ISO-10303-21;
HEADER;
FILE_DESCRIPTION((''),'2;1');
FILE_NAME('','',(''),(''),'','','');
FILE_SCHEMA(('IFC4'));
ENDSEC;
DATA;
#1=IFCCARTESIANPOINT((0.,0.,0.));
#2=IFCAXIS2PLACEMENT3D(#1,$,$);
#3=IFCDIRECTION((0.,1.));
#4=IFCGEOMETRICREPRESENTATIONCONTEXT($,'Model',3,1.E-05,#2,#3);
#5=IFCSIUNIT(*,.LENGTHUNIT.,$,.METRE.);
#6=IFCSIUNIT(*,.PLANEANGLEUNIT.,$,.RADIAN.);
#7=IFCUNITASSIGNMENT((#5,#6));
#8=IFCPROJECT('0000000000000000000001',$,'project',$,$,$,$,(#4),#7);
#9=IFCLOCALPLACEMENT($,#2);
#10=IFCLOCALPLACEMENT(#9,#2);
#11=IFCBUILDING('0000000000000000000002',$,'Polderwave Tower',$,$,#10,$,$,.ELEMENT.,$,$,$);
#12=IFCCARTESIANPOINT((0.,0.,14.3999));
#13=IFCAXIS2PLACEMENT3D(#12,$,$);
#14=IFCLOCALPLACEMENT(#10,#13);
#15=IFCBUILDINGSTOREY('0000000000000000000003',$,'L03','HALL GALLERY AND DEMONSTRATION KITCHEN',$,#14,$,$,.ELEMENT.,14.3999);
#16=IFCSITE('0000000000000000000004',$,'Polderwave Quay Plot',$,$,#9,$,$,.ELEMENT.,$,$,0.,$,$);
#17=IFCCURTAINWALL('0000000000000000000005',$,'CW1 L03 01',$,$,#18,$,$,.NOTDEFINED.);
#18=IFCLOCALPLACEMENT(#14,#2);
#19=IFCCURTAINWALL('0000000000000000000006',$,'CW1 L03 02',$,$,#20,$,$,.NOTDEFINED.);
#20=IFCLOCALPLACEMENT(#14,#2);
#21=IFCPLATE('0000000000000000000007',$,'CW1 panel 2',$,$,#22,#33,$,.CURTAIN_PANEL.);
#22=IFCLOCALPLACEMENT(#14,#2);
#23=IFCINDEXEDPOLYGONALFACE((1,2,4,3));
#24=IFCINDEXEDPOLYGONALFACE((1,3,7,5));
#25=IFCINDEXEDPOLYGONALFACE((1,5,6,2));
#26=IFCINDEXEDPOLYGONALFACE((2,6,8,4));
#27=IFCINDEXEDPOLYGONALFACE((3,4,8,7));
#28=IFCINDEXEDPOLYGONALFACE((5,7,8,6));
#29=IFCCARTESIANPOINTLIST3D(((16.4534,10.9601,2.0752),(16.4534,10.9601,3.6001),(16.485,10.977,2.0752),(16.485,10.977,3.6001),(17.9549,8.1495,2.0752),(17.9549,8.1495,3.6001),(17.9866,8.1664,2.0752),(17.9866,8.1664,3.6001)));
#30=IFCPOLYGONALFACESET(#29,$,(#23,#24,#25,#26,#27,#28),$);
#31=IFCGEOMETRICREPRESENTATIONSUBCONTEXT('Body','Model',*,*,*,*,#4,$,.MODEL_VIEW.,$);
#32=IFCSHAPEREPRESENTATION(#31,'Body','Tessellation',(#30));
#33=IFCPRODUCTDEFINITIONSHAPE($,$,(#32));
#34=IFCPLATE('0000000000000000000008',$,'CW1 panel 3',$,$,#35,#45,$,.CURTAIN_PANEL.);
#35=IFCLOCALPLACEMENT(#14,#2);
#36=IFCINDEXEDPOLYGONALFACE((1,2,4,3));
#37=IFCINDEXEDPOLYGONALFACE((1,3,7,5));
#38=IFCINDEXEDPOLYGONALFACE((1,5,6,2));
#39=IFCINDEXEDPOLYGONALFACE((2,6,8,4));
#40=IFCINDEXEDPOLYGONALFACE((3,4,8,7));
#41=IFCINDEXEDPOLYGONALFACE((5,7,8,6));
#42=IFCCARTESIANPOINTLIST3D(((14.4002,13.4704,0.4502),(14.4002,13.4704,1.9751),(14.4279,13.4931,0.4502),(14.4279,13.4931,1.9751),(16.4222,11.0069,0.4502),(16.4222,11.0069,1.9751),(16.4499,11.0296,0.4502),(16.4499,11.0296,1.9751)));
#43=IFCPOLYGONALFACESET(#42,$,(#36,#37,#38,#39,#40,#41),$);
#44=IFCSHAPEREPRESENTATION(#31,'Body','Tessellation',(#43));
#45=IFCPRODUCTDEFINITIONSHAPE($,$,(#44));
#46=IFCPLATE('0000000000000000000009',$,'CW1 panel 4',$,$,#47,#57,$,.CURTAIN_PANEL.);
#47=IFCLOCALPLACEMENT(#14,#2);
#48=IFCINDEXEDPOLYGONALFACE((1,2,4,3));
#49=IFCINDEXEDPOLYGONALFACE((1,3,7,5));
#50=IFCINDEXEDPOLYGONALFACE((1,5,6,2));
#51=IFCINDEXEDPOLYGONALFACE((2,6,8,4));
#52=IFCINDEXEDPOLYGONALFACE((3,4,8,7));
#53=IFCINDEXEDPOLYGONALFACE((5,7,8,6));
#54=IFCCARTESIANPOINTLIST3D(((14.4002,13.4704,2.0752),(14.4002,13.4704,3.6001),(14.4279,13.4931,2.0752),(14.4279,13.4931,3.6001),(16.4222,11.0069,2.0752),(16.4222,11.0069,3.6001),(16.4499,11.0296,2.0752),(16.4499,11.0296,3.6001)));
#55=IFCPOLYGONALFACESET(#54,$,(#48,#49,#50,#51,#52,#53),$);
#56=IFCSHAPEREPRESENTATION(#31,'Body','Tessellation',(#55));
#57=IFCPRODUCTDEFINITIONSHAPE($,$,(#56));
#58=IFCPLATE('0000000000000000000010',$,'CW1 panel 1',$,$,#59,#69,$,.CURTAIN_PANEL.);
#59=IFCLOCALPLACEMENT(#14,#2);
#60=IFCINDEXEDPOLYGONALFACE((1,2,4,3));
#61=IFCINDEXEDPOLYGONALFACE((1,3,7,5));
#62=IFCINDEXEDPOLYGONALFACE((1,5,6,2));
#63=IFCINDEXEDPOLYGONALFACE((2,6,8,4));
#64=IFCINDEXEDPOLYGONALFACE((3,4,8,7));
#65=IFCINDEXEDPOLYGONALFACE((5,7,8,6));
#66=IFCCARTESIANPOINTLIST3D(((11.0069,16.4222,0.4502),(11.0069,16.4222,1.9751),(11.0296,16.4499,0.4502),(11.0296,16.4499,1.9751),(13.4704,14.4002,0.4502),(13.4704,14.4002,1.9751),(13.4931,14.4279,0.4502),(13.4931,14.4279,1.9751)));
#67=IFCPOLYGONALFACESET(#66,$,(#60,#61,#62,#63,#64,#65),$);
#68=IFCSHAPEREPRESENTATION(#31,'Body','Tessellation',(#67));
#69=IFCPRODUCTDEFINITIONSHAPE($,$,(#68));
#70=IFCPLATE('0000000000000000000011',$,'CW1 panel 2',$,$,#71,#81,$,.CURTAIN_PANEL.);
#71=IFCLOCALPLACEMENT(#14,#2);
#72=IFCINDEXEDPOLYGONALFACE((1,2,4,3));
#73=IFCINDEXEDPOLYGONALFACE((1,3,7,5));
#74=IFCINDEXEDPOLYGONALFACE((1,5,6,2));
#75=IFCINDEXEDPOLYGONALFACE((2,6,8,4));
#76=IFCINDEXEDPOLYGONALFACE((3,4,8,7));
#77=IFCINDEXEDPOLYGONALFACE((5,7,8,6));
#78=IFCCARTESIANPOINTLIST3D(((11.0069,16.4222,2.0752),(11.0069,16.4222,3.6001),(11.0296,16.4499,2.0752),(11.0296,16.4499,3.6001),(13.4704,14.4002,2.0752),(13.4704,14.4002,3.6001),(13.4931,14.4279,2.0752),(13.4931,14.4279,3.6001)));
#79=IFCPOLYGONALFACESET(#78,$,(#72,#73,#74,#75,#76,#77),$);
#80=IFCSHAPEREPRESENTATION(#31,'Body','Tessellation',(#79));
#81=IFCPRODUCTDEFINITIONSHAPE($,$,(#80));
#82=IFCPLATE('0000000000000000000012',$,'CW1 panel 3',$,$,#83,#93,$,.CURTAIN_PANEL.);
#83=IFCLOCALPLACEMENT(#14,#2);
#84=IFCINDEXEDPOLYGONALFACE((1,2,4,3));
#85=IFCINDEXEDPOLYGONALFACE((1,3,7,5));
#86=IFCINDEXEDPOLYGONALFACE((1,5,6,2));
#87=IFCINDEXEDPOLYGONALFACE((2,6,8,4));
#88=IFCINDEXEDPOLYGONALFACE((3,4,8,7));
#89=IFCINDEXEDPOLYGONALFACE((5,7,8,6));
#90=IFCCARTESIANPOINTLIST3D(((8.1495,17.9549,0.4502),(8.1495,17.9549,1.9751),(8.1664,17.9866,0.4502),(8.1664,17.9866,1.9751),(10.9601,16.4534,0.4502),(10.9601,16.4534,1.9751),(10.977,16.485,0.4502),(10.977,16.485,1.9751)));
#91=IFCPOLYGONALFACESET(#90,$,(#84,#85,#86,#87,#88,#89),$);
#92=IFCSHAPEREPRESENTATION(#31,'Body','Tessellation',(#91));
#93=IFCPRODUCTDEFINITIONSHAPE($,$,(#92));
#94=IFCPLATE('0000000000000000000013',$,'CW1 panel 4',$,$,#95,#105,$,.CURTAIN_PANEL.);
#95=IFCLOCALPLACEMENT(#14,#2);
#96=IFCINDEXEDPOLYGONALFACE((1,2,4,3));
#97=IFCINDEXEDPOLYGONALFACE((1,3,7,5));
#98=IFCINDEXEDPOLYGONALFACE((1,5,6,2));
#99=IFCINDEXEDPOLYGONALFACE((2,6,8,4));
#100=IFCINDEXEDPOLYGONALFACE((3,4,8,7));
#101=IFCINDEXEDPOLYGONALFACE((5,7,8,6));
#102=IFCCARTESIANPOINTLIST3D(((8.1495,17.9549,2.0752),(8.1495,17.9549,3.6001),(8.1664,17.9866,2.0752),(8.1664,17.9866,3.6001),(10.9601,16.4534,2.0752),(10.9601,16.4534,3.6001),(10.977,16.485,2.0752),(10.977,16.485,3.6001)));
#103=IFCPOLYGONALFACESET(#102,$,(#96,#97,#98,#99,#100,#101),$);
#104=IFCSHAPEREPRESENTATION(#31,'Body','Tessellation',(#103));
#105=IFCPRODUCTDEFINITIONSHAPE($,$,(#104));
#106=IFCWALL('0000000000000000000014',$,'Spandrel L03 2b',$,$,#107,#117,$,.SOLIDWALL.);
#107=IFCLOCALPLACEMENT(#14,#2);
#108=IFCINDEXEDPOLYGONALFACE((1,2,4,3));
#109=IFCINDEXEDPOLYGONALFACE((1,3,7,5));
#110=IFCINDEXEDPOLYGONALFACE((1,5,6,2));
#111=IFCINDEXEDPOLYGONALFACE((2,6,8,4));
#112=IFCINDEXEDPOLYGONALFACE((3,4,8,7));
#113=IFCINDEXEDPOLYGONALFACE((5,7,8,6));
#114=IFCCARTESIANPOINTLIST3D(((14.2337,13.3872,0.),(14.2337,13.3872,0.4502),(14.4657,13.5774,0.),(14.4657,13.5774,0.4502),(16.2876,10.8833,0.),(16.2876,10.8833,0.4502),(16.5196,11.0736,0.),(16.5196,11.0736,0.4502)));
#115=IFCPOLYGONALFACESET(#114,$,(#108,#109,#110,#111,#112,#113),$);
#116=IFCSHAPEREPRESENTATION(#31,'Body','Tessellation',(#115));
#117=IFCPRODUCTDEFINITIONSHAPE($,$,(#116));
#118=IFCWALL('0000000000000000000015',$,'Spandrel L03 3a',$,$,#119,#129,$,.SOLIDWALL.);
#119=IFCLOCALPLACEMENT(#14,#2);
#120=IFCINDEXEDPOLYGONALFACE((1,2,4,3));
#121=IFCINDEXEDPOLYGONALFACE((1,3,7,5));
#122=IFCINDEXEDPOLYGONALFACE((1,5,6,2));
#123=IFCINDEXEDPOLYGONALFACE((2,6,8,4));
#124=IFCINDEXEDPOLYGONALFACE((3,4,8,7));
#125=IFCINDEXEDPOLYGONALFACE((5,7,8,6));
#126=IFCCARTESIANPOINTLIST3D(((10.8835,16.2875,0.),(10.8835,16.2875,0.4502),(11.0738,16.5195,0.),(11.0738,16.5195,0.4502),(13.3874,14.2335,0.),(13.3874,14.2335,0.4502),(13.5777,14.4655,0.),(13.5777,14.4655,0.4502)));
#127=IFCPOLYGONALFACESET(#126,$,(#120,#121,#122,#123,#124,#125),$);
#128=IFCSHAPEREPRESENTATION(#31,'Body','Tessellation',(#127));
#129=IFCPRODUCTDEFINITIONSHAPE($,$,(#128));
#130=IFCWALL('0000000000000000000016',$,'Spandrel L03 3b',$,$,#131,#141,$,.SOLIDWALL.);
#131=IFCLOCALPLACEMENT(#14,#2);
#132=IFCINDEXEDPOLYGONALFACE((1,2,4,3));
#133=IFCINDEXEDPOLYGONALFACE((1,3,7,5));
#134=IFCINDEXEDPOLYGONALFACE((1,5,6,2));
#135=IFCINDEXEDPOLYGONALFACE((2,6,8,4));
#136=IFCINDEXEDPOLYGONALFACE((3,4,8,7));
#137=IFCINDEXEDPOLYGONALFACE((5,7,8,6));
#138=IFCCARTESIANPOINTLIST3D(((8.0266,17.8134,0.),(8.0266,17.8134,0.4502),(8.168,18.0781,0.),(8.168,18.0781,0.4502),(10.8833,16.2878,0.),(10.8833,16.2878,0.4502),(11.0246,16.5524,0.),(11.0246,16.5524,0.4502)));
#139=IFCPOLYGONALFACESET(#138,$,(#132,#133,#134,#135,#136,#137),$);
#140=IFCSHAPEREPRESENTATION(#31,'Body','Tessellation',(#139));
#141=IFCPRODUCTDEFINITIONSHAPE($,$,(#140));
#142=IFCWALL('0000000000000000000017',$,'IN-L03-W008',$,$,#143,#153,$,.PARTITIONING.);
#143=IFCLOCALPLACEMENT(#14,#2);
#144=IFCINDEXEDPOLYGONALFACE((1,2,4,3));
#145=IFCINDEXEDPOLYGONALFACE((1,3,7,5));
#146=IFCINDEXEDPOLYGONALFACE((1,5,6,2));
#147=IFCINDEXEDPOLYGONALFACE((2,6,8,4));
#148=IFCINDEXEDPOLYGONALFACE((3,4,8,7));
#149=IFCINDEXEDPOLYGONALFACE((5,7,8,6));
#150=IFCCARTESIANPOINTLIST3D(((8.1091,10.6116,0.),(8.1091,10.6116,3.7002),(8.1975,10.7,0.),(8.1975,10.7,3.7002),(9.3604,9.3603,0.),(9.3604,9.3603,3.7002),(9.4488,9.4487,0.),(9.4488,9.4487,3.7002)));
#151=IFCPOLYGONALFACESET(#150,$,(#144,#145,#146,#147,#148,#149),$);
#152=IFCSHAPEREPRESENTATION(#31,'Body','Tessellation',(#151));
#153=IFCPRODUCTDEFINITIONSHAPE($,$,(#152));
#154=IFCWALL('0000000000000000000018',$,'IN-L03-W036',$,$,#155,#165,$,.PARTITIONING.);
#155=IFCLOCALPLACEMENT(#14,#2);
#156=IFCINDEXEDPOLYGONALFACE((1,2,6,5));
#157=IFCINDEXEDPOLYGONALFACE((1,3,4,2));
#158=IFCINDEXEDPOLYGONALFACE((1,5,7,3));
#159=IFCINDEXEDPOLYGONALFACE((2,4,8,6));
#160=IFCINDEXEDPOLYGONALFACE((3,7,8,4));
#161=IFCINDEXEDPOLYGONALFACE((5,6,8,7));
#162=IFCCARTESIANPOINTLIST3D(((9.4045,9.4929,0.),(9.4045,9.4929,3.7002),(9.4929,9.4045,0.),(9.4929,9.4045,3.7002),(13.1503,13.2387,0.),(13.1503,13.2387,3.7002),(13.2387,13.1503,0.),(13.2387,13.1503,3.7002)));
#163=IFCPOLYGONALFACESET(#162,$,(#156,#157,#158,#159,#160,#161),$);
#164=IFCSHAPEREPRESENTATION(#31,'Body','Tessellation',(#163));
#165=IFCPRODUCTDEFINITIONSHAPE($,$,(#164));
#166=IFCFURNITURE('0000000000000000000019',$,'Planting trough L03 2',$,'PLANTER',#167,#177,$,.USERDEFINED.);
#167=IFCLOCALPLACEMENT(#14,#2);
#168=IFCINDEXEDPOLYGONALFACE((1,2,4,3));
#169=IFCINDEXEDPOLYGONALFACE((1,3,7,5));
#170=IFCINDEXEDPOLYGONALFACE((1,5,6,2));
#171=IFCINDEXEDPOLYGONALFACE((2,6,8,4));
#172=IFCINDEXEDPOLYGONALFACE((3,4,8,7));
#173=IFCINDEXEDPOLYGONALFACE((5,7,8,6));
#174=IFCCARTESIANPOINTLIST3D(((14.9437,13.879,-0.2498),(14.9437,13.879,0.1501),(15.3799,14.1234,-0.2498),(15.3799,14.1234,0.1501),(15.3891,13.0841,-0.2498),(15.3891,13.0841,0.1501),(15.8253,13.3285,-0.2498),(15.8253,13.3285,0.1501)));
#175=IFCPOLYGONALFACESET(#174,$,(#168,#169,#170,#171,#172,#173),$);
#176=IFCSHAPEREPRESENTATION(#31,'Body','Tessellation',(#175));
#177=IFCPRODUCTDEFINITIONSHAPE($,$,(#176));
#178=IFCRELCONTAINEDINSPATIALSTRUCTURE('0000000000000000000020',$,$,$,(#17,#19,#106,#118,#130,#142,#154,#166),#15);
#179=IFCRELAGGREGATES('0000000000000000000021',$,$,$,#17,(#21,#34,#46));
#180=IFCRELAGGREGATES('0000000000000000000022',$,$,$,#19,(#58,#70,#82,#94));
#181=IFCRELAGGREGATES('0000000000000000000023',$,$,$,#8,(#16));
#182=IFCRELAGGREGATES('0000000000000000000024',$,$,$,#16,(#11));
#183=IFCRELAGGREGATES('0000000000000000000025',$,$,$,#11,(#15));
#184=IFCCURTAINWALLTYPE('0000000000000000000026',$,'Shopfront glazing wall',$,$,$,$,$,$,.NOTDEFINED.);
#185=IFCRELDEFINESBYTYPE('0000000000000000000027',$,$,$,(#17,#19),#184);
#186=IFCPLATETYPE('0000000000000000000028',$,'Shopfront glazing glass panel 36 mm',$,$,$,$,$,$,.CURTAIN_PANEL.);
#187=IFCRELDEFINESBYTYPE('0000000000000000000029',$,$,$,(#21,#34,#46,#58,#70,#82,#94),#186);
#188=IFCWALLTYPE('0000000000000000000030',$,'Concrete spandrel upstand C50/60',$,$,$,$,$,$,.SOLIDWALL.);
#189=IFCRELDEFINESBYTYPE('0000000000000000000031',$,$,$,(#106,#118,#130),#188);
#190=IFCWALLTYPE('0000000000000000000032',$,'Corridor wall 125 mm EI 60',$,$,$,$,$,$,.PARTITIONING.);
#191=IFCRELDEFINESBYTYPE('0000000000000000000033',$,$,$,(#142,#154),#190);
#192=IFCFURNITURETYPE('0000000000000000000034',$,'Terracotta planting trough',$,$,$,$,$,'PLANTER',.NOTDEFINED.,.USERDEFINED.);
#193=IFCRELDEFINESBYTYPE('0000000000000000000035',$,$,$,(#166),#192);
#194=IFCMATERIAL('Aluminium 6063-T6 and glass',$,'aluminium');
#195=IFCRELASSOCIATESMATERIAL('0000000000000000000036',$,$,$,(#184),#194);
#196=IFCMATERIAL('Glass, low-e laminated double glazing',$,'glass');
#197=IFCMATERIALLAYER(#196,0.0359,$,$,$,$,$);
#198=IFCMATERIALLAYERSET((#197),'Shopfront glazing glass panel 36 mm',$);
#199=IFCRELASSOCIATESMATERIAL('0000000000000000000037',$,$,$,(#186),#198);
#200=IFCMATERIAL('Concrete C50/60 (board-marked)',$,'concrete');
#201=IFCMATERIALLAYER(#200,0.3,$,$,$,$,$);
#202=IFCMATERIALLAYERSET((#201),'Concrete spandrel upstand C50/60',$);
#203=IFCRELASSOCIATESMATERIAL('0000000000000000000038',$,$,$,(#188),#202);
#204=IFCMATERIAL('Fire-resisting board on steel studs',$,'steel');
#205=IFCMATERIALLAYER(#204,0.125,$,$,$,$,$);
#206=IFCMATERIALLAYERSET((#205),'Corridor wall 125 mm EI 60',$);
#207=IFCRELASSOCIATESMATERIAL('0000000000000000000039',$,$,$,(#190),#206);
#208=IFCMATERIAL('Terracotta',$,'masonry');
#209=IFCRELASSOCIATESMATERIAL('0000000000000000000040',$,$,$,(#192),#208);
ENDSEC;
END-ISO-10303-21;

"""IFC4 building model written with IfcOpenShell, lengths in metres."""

from ifc_helpers import new_model, si_unit, direction, frame, frame_2d, origin, origin_2d, place, context, subcontext, project, spatial, rectangle, extrude, material, layer, layer_set, type_object, element, aggregate, save


model = new_model("IFC4")

# Units and contexts
model_context = context("Model", 3, precision=1e-05, world=origin(), true_north=direction((0.0, 1.0)))
body_context = subcontext(model_context, "Body", "Model", "MODEL_VIEW")
ifc_project = project(units=[si_unit("LENGTHUNIT", "METRE"), si_unit("PLANEANGLEUNIT", "RADIAN")], contexts=[model_context])

# Site, building, storey
site_placement = place(None, origin())
site = spatial("IfcSite", under=ifc_project, at=site_placement, Name="Polderwave Quay Plot", CompositionType="ELEMENT", RefElevation=0.0)
building_placement = place(site_placement, origin())
building = spatial("IfcBuilding", under=site, at=building_placement, Name="Polderwave Tower", CompositionType="ELEMENT")
storey_placement = place(building_placement, frame((0.0, 0.0, 14.3999)))
storey = spatial("IfcBuildingStorey", under=building, at=storey_placement, Name="L03", Description="HALL GALLERY AND DEMONSTRATION KITCHEN", CompositionType="ELEMENT", Elevation=14.3999)

# Curtain walls
ifc_material_1 = material(Name="Aluminium 6063-T6 and glass", Category="aluminium")
curtain_wall_type = type_object("IfcCurtainWallType", Name="Shopfront glazing wall", PredefinedType="NOTDEFINED", material=ifc_material_1)
curtain_wall_1_placement = place(storey_placement, origin())
curtain_wall_1 = element("IfcCurtainWall", 1, at=curtain_wall_1_placement, inside=storey, type_object=curtain_wall_type, Name="CW1 L03 01", PredefinedType="NOTDEFINED")
curtain_wall_2_placement = place(storey_placement, origin())
curtain_wall_2 = element("IfcCurtainWall", 2, at=curtain_wall_2_placement, inside=storey, type_object=curtain_wall_type, Name="CW1 L03 02", PredefinedType="NOTDEFINED")

# Plates
ifc_material_2 = material(Name="Glass, low-e laminated double glazing", Category="glass")
ifc_layer_1 = layer(ifc_material_2, 0.0359)
ifc_layer_set_1 = layer_set([ifc_layer_1], Name="Shopfront glazing glass panel 36 mm")
plate_type = type_object("IfcPlateType", Name="Shopfront glazing glass panel 36 mm", PredefinedType="CURTAIN_PANEL", material=ifc_layer_set_1)
plate_1_placement = place(storey_placement, frame((17.22, 9.5632, 2.0752), z_axis=(0.0, 0.0, 1.0), x_axis=(-0.471221, 0.882015, 0.0)))
plate_1 = element("IfcPlate", 3, at=plate_1_placement, type_object=plate_type, Name="CW1 panel 2", PredefinedType="CURTAIN_PANEL", context=body_context, shape_type="SweptSolid", body=[
    extrude(rectangle(XDim=3.1865, YDim=0.0359, at=origin_2d()), origin(), (0.0, 0.0, 1.0), 1.5249),
])
plate_2_placement = place(storey_placement, frame((15.425, 12.25, 0.4502), z_axis=(0.0, 0.0, 1.0), x_axis=(-0.634434, 0.772977, 0.0)))
plate_2 = element("IfcPlate", 4, at=plate_2_placement, type_object=plate_type, Name="CW1 panel 3", PredefinedType="CURTAIN_PANEL", context=body_context, shape_type="SweptSolid", body=[
    extrude(rectangle(XDim=3.187, YDim=0.0359, at=origin_2d()), origin(), (0.0, 0.0, 1.0), 1.5249),
])
plate_3_placement = place(storey_placement, frame((15.425, 12.25, 2.0752), z_axis=(0.0, 0.0, 1.0), x_axis=(-0.634434, 0.772977, 0.0)))
plate_3 = element("IfcPlate", 5, at=plate_3_placement, type_object=plate_type, Name="CW1 panel 4", PredefinedType="CURTAIN_PANEL", context=body_context, shape_type="SweptSolid", body=[
    extrude(rectangle(XDim=3.187, YDim=0.0359, at=origin_2d()), origin(), (0.0, 0.0, 1.0), 1.5249),
])
aggregate(curtain_wall_1, [plate_1, plate_2, plate_3])
plate_4_placement = place(storey_placement, frame((12.25, 15.425, 0.4502), z_axis=(0.0, 0.0, 1.0), x_axis=(-0.772977, 0.634434, 0.0)))
plate_4 = element("IfcPlate", 6, at=plate_4_placement, type_object=plate_type, Name="CW1 panel 1", PredefinedType="CURTAIN_PANEL", context=body_context, shape_type="SweptSolid", body=[
    extrude(rectangle(XDim=3.187, YDim=0.0359, at=origin_2d()), origin(), (0.0, 0.0, 1.0), 1.5249),
])
plate_5_placement = place(storey_placement, frame((12.25, 15.425, 2.0752), z_axis=(0.0, 0.0, 1.0), x_axis=(-0.772977, 0.634434, 0.0)))
plate_5 = element("IfcPlate", 7, at=plate_5_placement, type_object=plate_type, Name="CW1 panel 2", PredefinedType="CURTAIN_PANEL", context=body_context, shape_type="SweptSolid", body=[
    extrude(rectangle(XDim=3.187, YDim=0.0359, at=origin_2d()), origin(), (0.0, 0.0, 1.0), 1.5249),
])
plate_6_placement = place(storey_placement, frame((9.5632, 17.22, 0.4502), z_axis=(0.0, 0.0, 1.0), x_axis=(-0.882015, 0.471221, 0.0)))
plate_6 = element("IfcPlate", 8, at=plate_6_placement, type_object=plate_type, Name="CW1 panel 3", PredefinedType="CURTAIN_PANEL", context=body_context, shape_type="SweptSolid", body=[
    extrude(rectangle(XDim=3.1865, YDim=0.0359, at=origin_2d()), origin(), (0.0, 0.0, 1.0), 1.5249),
])
plate_7_placement = place(storey_placement, frame((9.5632, 17.22, 2.0752), z_axis=(0.0, 0.0, 1.0), x_axis=(-0.882015, 0.471221, 0.0)))
plate_7 = element("IfcPlate", 9, at=plate_7_placement, type_object=plate_type, Name="CW1 panel 4", PredefinedType="CURTAIN_PANEL", context=body_context, shape_type="SweptSolid", body=[
    extrude(rectangle(XDim=3.1865, YDim=0.0359, at=origin_2d()), origin(), (0.0, 0.0, 1.0), 1.5249),
])
aggregate(curtain_wall_2, [plate_4, plate_5, plate_6, plate_7])

# Walls
ifc_material_3 = material(Name="Concrete C50/60 (board-marked)", Category="concrete")
ifc_layer_2 = layer(ifc_material_3, 0.3)
ifc_layer_set_2 = layer_set([ifc_layer_2], Name="Concrete spandrel upstand C50/60")
wall_type_1 = type_object("IfcWallType", Name="Concrete spandrel upstand C50/60", PredefinedType="SOLIDWALL", material=ifc_layer_set_2)
for number, where, z_axis, x_axis, name in (
    (10, (16.4036, 10.9785, 0.0), (0.0, 0.0, 1.0), (-0.634218, 0.773154, 0.0), "Spandrel L03 2b"),
    (11, (13.4824, 14.3496, 0.0), (0.0, 0.0, 1.0), (-0.773154, 0.634218, 0.0), "Spandrel L03 3a"),
    (12, (10.9539, 16.4202, 0.0), (0.0, 0.0, 1.0), (-0.882088, 0.471085, 0.0), "Spandrel L03 3b"),
):
    element("IfcWall", number, at=place(storey_placement, frame(where, z_axis=z_axis, x_axis=x_axis)), inside=storey, type_object=wall_type_1, Name=name, PredefinedType="SOLIDWALL", context=body_context, shape_type="SweptSolid", body=[
        extrude(rectangle(XDim=3.2385, YDim=0.3, at=frame_2d((1.6191, 0.0))), origin(), (0.0, 0.0, 1.0), 0.4502),
    ])
ifc_material_4 = material(Name="Fire-resisting board on steel studs", Category="steel")
ifc_layer_3 = layer(ifc_material_4, 0.125)
ifc_layer_set_3 = layer_set([ifc_layer_3], Name="Corridor wall 125 mm EI 60")
wall_type_2 = type_object("IfcWallType", Name="Corridor wall 125 mm EI 60", PredefinedType="PARTITIONING", material=ifc_layer_set_3)
wall_1_placement = place(storey_placement, frame((8.1533, 10.6558, 0.0), z_axis=(0.0, 0.0, 1.0), x_axis=(0.707107, -0.707107, 0.0)))
element("IfcWall", 13, at=wall_1_placement, inside=storey, type_object=wall_type_2, Name="IN-L03-W008", PredefinedType="PARTITIONING", context=body_context, shape_type="SweptSolid", body=[
    extrude(rectangle(XDim=1.7695, YDim=0.125, at=frame_2d((0.8848, 0.0))), origin(), (0.0, 0.0, 1.0), 3.7002),
])
wall_2_placement = place(storey_placement, frame((9.4487, 9.4487, 0.0), z_axis=(0.0, 0.0, 1.0), x_axis=(0.707107, 0.707107, 0.0)))
element("IfcWall", 14, at=wall_2_placement, inside=storey, type_object=wall_type_2, Name="IN-L03-W036", PredefinedType="PARTITIONING", context=body_context, shape_type="SweptSolid", body=[
    extrude(rectangle(XDim=5.2974, YDim=0.125, at=frame_2d((2.6487, 0.0))), origin(), (0.0, 0.0, 1.0), 3.7002),
])

# Furniture
ifc_material_5 = material(Name="Terracotta", Category="masonry")
furniture_type = type_object("IfcFurnitureType", Name="Terracotta planting trough", ElementType="PLANTER", AssemblyPlace="NOTDEFINED", PredefinedType="USERDEFINED", material=ifc_material_5)
furniture_placement = place(storey_placement, frame((15.3845, 13.6038, -0.2498), z_axis=(0.0, 0.0, 1.0), x_axis=(-0.488812, 0.872389, 0.0)))
element("IfcFurniture", 15, at=furniture_placement, inside=storey, type_object=furniture_type, Name="Planting trough L03 2", ObjectType="PLANTER", PredefinedType="USERDEFINED", context=body_context, shape_type="SweptSolid", body=[
    extrude(rectangle(XDim=0.9111, YDim=0.5, at=origin_2d()), origin(), (0.0, 0.0, 1.0), 0.3999),
])

save(model, "model.ifc")
